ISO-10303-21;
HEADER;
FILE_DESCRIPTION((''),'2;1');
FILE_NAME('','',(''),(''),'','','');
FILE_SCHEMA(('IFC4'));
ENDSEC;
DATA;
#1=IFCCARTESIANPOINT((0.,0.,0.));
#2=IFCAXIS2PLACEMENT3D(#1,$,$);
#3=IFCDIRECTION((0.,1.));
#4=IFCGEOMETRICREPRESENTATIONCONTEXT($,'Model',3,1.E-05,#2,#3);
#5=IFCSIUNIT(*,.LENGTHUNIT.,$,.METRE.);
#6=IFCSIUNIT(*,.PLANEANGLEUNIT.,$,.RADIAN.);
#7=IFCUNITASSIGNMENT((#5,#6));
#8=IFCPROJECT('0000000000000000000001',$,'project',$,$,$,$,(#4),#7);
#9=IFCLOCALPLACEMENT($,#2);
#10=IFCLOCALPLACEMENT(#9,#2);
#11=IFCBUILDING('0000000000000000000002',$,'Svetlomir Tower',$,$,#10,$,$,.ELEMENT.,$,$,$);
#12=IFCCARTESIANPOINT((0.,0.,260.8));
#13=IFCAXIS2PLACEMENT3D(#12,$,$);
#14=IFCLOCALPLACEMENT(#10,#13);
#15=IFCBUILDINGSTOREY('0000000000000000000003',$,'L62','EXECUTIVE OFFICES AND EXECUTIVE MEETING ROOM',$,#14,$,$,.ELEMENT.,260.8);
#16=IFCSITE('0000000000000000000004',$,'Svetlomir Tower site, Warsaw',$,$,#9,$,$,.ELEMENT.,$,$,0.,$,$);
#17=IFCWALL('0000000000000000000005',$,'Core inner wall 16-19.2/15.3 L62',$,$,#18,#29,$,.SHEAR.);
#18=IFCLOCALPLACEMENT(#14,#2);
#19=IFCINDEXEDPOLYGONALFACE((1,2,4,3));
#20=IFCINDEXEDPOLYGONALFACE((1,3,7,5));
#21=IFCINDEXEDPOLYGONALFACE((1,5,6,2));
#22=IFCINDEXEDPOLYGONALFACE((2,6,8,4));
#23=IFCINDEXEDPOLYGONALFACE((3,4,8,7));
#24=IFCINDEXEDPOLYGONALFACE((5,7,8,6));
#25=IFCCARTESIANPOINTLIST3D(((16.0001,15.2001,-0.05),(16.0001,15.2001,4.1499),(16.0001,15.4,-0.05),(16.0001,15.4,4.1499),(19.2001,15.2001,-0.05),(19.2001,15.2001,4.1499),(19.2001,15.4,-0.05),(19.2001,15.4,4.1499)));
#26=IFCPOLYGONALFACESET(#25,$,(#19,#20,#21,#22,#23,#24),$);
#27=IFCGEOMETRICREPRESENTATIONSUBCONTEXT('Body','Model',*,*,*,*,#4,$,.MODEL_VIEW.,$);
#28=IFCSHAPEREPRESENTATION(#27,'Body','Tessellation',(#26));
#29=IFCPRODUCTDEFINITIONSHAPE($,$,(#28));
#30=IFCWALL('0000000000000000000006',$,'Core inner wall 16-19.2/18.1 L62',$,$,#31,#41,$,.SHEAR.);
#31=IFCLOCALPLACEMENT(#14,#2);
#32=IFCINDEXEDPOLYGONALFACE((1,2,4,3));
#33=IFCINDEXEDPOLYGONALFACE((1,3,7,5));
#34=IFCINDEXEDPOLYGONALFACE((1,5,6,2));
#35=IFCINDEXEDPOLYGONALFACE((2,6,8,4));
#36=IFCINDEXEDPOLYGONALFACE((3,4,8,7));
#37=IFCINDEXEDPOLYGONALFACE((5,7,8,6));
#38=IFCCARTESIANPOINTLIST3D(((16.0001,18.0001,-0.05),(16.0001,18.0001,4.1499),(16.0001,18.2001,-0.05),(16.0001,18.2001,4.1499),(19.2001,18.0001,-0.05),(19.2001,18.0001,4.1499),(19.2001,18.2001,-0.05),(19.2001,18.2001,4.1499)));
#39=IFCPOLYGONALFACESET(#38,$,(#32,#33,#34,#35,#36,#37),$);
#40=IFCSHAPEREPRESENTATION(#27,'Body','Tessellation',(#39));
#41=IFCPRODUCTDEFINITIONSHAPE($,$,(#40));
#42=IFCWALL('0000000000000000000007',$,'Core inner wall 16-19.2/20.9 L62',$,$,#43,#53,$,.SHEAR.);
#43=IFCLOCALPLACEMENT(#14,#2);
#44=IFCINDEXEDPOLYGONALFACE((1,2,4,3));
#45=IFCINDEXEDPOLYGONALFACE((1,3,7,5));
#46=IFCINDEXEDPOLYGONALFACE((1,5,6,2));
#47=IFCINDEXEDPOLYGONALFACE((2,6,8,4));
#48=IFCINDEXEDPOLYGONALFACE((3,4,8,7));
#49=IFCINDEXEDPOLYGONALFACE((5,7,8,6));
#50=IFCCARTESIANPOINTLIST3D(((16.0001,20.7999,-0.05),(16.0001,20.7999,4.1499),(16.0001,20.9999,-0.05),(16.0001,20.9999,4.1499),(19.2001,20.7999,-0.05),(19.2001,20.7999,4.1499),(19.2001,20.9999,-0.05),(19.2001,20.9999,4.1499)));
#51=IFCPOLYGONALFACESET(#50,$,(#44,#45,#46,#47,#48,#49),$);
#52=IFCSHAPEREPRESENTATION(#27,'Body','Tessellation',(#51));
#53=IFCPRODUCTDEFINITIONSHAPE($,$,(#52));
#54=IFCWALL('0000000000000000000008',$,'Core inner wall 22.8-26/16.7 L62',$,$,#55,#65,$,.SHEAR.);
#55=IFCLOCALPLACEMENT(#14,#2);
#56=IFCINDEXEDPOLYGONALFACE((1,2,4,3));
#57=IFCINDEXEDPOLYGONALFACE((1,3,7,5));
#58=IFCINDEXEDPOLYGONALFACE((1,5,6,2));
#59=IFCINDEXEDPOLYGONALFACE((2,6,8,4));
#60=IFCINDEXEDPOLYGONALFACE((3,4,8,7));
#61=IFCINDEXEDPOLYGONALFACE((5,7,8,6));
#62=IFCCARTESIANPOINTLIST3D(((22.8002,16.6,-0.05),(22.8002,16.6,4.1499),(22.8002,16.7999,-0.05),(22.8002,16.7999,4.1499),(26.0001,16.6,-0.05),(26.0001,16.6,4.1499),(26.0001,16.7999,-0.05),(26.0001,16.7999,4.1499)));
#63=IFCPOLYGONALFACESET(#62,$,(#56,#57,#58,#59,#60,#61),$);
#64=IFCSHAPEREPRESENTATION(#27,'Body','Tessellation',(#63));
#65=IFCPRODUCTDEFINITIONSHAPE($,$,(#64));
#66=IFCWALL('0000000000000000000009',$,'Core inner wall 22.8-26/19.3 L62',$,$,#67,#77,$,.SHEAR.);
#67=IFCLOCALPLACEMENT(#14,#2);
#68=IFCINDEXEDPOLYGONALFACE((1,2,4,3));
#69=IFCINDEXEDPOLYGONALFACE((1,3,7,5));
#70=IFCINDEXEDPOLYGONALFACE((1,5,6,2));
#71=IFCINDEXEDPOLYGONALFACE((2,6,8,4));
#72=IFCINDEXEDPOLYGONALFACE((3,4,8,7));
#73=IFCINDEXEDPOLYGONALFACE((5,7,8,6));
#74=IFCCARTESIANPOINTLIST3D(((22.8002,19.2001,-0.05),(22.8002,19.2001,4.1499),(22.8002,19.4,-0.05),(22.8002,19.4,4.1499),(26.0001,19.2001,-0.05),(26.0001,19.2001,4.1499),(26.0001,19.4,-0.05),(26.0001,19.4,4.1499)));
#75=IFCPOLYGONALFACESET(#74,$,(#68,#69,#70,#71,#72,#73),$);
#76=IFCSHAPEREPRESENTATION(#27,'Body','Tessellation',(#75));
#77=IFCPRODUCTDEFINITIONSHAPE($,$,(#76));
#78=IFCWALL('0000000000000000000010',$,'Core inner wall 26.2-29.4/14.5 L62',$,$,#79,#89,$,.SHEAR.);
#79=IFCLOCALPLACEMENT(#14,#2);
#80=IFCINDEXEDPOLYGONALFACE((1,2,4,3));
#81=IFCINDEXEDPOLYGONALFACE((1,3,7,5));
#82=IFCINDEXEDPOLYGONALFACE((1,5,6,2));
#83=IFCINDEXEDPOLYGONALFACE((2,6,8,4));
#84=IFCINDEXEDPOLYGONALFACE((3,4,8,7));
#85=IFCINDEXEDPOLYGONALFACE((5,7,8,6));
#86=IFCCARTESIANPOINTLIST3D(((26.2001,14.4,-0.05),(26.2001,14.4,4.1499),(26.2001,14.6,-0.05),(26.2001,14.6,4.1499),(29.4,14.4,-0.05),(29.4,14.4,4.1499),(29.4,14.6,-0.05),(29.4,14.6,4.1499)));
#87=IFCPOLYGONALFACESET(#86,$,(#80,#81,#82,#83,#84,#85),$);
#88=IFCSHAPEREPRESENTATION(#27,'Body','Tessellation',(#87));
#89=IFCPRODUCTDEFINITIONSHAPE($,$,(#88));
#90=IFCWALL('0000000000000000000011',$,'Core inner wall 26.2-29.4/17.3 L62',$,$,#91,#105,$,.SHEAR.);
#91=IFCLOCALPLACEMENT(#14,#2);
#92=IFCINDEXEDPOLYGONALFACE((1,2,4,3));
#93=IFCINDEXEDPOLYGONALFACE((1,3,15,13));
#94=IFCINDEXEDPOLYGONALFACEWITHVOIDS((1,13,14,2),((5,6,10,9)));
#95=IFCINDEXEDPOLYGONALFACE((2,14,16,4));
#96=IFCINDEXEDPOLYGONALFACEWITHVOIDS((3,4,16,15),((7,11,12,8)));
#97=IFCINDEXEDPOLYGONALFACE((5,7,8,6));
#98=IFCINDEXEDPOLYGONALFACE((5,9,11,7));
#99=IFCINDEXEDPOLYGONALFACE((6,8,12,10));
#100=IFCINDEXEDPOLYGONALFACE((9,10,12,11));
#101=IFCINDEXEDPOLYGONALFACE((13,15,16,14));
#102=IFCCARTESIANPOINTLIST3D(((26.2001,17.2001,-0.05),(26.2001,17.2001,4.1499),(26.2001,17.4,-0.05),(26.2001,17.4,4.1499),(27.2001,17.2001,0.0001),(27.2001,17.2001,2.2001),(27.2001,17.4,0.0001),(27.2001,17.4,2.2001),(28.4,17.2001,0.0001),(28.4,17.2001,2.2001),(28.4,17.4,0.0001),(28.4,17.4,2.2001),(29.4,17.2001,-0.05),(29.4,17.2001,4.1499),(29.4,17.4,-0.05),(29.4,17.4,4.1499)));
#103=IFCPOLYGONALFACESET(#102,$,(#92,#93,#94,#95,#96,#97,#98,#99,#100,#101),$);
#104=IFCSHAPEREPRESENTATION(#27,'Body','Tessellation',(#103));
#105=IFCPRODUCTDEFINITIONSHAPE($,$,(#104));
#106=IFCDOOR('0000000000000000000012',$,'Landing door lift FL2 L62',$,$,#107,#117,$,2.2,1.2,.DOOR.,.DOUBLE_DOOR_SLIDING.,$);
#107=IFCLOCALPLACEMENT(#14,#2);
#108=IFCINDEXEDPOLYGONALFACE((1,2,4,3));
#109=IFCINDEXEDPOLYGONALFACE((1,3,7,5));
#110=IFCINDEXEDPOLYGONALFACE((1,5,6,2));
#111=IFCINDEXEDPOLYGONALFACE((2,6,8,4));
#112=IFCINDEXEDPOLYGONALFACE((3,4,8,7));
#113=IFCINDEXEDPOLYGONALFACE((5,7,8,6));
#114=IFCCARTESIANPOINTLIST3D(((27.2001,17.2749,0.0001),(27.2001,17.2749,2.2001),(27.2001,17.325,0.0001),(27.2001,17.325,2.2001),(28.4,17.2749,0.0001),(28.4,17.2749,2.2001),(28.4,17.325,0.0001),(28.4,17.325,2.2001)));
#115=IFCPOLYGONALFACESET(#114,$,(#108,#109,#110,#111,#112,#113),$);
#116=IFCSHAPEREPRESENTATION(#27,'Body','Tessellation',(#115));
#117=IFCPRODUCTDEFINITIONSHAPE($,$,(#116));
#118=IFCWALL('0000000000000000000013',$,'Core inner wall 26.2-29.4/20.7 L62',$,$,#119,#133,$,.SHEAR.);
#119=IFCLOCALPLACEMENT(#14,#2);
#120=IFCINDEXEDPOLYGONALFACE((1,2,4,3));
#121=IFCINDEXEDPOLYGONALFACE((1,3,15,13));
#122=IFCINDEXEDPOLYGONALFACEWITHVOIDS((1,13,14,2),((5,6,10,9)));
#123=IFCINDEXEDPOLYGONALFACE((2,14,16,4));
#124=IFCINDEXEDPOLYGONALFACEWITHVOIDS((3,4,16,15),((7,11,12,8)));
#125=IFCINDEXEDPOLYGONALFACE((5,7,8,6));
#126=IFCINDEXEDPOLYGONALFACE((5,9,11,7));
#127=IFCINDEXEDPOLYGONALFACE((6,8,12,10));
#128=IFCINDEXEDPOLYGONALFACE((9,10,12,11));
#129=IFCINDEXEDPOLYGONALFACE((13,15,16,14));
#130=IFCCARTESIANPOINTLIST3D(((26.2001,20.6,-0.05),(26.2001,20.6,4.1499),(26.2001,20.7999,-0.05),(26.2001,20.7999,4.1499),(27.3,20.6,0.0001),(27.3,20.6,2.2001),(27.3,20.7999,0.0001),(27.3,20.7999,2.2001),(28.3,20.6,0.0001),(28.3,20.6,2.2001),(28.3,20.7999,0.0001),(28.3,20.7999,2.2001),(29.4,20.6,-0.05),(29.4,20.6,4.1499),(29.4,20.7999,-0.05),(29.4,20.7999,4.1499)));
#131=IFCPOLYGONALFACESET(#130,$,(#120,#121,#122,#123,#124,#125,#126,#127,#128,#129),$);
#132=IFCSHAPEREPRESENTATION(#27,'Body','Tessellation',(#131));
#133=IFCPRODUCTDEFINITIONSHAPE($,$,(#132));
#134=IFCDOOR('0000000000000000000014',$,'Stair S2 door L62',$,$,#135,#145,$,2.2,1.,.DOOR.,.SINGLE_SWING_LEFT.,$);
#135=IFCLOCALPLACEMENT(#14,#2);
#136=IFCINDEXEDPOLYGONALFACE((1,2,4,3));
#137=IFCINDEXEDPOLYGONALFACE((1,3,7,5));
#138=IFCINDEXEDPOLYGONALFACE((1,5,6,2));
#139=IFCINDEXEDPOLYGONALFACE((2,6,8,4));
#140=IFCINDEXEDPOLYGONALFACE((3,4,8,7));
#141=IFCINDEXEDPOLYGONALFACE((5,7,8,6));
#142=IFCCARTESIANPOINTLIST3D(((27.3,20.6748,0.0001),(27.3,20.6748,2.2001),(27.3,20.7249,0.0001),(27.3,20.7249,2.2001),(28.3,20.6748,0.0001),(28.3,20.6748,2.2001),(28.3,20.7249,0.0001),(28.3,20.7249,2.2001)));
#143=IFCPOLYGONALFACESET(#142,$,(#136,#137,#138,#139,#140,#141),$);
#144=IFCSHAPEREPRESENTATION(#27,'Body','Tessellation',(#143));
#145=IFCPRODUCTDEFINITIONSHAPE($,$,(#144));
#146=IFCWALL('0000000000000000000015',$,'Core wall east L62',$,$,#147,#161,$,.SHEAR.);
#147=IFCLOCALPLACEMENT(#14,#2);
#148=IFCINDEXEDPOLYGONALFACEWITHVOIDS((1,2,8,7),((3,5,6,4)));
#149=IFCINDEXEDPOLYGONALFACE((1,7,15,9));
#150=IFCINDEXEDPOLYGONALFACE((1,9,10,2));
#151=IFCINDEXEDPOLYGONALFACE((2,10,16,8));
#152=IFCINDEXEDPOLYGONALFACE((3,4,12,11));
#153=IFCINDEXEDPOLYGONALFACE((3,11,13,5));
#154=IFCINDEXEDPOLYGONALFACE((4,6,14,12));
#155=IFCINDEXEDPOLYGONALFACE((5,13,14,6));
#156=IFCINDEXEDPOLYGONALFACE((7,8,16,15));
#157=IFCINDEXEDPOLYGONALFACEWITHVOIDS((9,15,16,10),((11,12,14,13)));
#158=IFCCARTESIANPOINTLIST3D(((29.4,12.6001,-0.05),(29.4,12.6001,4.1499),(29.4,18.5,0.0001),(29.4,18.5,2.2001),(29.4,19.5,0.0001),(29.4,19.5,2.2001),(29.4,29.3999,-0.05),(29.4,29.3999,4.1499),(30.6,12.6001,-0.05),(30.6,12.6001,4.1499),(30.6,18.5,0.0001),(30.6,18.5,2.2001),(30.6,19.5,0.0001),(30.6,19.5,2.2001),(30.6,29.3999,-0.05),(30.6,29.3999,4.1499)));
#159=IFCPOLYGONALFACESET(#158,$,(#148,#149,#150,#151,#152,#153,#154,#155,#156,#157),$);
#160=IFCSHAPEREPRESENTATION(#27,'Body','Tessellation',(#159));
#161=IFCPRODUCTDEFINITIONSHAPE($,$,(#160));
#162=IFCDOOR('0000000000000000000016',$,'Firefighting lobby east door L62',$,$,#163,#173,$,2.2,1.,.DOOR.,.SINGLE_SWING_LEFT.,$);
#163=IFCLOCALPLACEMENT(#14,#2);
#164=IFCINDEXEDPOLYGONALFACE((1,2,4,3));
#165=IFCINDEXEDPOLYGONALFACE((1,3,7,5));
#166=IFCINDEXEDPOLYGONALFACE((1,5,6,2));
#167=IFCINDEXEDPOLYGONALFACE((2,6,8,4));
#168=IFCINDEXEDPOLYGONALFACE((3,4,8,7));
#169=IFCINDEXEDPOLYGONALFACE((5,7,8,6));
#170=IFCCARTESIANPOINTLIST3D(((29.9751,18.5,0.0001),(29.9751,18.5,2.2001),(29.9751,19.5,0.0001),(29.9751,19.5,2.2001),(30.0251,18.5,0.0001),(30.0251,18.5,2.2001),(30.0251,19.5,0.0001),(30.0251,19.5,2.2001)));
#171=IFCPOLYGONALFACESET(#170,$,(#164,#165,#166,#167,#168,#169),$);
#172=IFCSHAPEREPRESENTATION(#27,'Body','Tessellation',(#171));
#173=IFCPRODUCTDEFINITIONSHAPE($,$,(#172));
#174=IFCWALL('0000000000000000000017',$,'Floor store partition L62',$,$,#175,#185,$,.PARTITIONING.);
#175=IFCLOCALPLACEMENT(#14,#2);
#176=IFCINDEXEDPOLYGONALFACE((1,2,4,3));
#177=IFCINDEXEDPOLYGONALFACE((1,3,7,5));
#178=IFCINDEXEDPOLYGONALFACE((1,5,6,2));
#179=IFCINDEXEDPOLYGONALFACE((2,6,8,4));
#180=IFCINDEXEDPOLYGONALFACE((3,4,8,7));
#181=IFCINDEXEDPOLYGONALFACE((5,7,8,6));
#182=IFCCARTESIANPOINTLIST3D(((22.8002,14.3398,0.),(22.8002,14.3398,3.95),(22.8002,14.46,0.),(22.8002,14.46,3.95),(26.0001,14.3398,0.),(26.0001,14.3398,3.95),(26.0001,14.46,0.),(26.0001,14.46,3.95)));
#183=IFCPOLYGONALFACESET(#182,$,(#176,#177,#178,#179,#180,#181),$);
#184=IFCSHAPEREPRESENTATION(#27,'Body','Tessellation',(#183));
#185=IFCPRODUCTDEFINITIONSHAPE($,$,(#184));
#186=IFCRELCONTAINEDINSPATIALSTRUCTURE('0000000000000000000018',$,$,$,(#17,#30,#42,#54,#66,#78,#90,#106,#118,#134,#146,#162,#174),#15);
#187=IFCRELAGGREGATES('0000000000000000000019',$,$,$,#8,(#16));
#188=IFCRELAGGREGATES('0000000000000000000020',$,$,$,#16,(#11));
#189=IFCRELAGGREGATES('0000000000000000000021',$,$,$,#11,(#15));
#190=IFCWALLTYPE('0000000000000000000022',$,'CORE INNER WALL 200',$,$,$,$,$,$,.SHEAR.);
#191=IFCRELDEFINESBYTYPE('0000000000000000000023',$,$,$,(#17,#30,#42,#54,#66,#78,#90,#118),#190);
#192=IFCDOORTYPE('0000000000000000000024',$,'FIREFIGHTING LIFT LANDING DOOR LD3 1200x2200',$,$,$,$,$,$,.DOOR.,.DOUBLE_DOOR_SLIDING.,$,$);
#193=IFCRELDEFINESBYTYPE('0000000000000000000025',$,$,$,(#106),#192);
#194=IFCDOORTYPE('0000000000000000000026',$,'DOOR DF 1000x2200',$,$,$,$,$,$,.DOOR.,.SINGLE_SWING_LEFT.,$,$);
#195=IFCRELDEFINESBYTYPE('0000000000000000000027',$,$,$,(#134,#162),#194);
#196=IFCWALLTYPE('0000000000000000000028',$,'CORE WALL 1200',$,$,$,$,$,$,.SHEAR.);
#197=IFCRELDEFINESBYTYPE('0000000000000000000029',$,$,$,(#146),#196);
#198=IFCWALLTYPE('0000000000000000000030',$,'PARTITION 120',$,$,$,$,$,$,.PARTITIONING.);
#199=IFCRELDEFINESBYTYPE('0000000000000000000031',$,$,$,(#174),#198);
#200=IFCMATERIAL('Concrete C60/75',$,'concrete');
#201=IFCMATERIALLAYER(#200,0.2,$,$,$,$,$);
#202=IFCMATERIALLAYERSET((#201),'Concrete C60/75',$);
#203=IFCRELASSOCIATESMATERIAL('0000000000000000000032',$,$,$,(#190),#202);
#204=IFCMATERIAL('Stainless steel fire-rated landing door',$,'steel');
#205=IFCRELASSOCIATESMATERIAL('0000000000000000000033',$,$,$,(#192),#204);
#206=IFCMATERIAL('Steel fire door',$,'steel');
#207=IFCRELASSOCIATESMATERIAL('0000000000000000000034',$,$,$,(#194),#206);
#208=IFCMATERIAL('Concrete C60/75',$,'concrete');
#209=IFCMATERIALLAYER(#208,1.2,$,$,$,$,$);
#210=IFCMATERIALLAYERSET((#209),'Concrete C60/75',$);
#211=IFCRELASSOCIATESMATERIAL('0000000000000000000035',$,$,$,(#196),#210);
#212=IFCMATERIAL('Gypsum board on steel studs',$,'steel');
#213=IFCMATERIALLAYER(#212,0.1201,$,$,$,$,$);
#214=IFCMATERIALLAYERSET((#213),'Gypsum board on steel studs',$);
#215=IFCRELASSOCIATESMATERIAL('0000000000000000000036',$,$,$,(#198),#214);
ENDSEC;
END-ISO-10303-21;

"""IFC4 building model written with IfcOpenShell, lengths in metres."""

from ifc_helpers import new_model, si_unit, direction, frame, frame_2d, origin, place, context, subcontext, project, spatial, rectangle, extrude, material, layer, layer_set, type_object, element, fill, save


model = new_model("IFC4")

# Units and contexts
model_context = context("Model", 3, precision=1e-05, world=origin(), true_north=direction((0.0, 1.0)))
body_context = subcontext(model_context, "Body", "Model", "MODEL_VIEW")
ifc_project = project(units=[si_unit("LENGTHUNIT", "METRE"), si_unit("PLANEANGLEUNIT", "RADIAN")], contexts=[model_context])

# Site, building, storey
site_placement = place(None, origin())
site = spatial("IfcSite", under=ifc_project, at=site_placement, Name="Svetlomir Tower site, Warsaw", CompositionType="ELEMENT", RefElevation=0.0)
building_placement = place(site_placement, origin())
building = spatial("IfcBuilding", under=site, at=building_placement, Name="Svetlomir Tower", CompositionType="ELEMENT")
storey_placement = place(building_placement, frame((0.0, 0.0, 260.8)))
storey = spatial("IfcBuildingStorey", under=building, at=storey_placement, Name="L62", Description="EXECUTIVE OFFICES AND EXECUTIVE MEETING ROOM", CompositionType="ELEMENT", Elevation=260.8)

# Walls
ifc_material_1 = material(Name="Concrete C60/75", Category="concrete")
ifc_layer_1 = layer(ifc_material_1, 0.2)
ifc_layer_set_1 = layer_set([ifc_layer_1], Name="Concrete C60/75")
wall_type_1 = type_object("IfcWallType", Name="CORE INNER WALL 200", PredefinedType="SHEAR", material=ifc_layer_set_1)
for number, where, z_axis, x_axis, name in (
    (1, (16.0, 15.3, -0.05), (0.0, 0.0, 1.0), (1.0, 0.0, 0.0), "Core inner wall 16-19.2/15.3 L62"),
    (2, (16.0, 18.1001, -0.05), (0.0, 0.0, 1.0), (1.0, 0.0, 0.0), "Core inner wall 16-19.2/18.1 L62"),
    (3, (16.0, 20.8999, -0.05), (0.0, 0.0, 1.0), (1.0, 0.0, 0.0), "Core inner wall 16-19.2/20.9 L62"),
    (4, (22.8, 16.7, -0.05), (0.0, 0.0, 1.0), (1.0, 0.0, 0.0), "Core inner wall 22.8-26/16.7 L62"),
    (5, (22.8, 19.3, -0.05), (0.0, 0.0, 1.0), (1.0, 0.0, 0.0), "Core inner wall 22.8-26/19.3 L62"),
    (6, (26.2, 14.5, -0.05), (0.0, 0.0, 1.0), (1.0, 0.0, 0.0), "Core inner wall 26.2-29.4/14.5 L62"),
):
    element("IfcWall", number, at=place(storey_placement, frame(where, z_axis=z_axis, x_axis=x_axis)), inside=storey, type_object=wall_type_1, Name=name, PredefinedType="SHEAR", context=body_context, shape_type="SweptSolid", body=[
        extrude(rectangle(XDim=3.2, YDim=0.2, at=frame_2d((1.6001, 0.0))), origin(), (0.0, 0.0, 1.0), 4.2),
    ])

# Walls, openings, doors
wall_1_placement = place(storey_placement, frame((26.2, 17.3, -0.05), z_axis=(0.0, 0.0, 1.0), x_axis=(1.0, 0.0, 0.0)))
wall_1 = element("IfcWall", 7, at=wall_1_placement, inside=storey, type_object=wall_type_1, Name="Core inner wall 26.2-29.4/17.3 L62", PredefinedType="SHEAR", context=body_context, shape_type="SweptSolid", body=[
    extrude(rectangle(XDim=3.2, YDim=0.2, at=frame_2d((1.6001, 0.0))), origin(), (0.0, 0.0, 1.0), 4.2),
])
opening_1_placement = place(wall_1_placement, frame((1.0, 0.0, 0.05)))
opening_1 = element("IfcOpeningElement", 8, at=opening_1_placement, cuts=wall_1, PredefinedType="OPENING", context=body_context, shape_type="SweptSolid", body=[
    extrude(rectangle(XDim=1.2, YDim=2.2, at=frame_2d((0.6001, 1.1001))), frame((0.0, 0.1099, 0.0), z_axis=(0.0, -1.0, 0.0), x_axis=(1.0, 0.0, 0.0)), (0.0, 0.0, 1.0), 0.22),
])
ifc_material_2 = material(Name="Stainless steel fire-rated landing door", Category="steel")
door_type_1 = type_object("IfcDoorType", Name="FIREFIGHTING LIFT LANDING DOOR LD3 1200x2200", OperationType="DOUBLE_DOOR_SLIDING", PredefinedType="DOOR", material=ifc_material_2)
door_1_placement = place(opening_1_placement, origin())
door_1 = element("IfcDoor", 9, at=door_1_placement, inside=storey, type_object=door_type_1, Name="Landing door lift FL2 L62", OperationType="DOUBLE_DOOR_SLIDING", OverallHeight=2.2, OverallWidth=1.2, PredefinedType="DOOR", context=body_context, shape_type="SweptSolid", body=[
    extrude(rectangle(XDim=1.2, YDim=2.2, at=frame_2d((0.6001, 1.1001))), frame((0.0, 0.0249, 0.0), z_axis=(0.0, -1.0, 0.0), x_axis=(1.0, 0.0, 0.0)), (0.0, 0.0, 1.0), 0.05),
])
fill(opening_1, door_1)
wall_2_placement = place(storey_placement, frame((26.2, 20.7, -0.05), z_axis=(0.0, 0.0, 1.0), x_axis=(1.0, 0.0, 0.0)))
wall_2 = element("IfcWall", 10, at=wall_2_placement, inside=storey, type_object=wall_type_1, Name="Core inner wall 26.2-29.4/20.7 L62", PredefinedType="SHEAR", context=body_context, shape_type="SweptSolid", body=[
    extrude(rectangle(XDim=3.2, YDim=0.2, at=frame_2d((1.6001, 0.0))), origin(), (0.0, 0.0, 1.0), 4.2),
])
opening_2_placement = place(wall_2_placement, frame((1.1001, 0.0, 0.05)))
opening_2 = element("IfcOpeningElement", 11, at=opening_2_placement, cuts=wall_2, PredefinedType="OPENING", context=body_context, shape_type="SweptSolid", body=[
    extrude(rectangle(XDim=1.0, YDim=2.2, at=frame_2d((0.5, 1.1001))), frame((0.0, 0.1099, 0.0), z_axis=(0.0, -1.0, 0.0), x_axis=(1.0, 0.0, 0.0)), (0.0, 0.0, 1.0), 0.22),
])
ifc_material_3 = material(Name="Steel fire door", Category="steel")
door_type_2 = type_object("IfcDoorType", Name="DOOR DF 1000x2200", OperationType="SINGLE_SWING_LEFT", PredefinedType="DOOR", material=ifc_material_3)
door_2_placement = place(opening_2_placement, origin())
door_2 = element("IfcDoor", 12, at=door_2_placement, inside=storey, type_object=door_type_2, Name="Stair S2 door L62", OperationType="SINGLE_SWING_LEFT", OverallHeight=2.2, OverallWidth=1.0, PredefinedType="DOOR", context=body_context, shape_type="SweptSolid", body=[
    extrude(rectangle(XDim=1.0, YDim=2.2, at=frame_2d((0.5, 1.1001))), frame((0.0, 0.0249, 0.0), z_axis=(0.0, -1.0, 0.0), x_axis=(1.0, 0.0, 0.0)), (0.0, 0.0, 1.0), 0.05),
])
fill(opening_2, door_2)
ifc_material_4 = material(Name="Concrete C60/75", Category="concrete")
ifc_layer_2 = layer(ifc_material_4, 1.2)
ifc_layer_set_2 = layer_set([ifc_layer_2], Name="Concrete C60/75")
wall_type_2 = type_object("IfcWallType", Name="CORE WALL 1200", PredefinedType="SHEAR", material=ifc_layer_set_2)
wall_3_placement = place(storey_placement, frame((30.0, 12.6001, -0.05), z_axis=(0.0, 0.0, 1.0), x_axis=(0.0, 1.0, 0.0)))
wall_3 = element("IfcWall", 13, at=wall_3_placement, inside=storey, type_object=wall_type_2, Name="Core wall east L62", PredefinedType="SHEAR", context=body_context, shape_type="SweptSolid", body=[
    extrude(rectangle(XDim=16.7998, YDim=1.2, at=frame_2d((8.3999, 0.0))), origin(), (0.0, 0.0, 1.0), 4.2),
])
opening_3_placement = place(wall_3_placement, frame((5.8999, 0.0, 0.05)))
opening_3 = element("IfcOpeningElement", 14, at=opening_3_placement, cuts=wall_3, PredefinedType="OPENING", context=body_context, shape_type="SweptSolid", body=[
    extrude(rectangle(XDim=1.0, YDim=2.2, at=frame_2d((0.5, 1.1001))), frame((0.0, 0.6099, 0.0), z_axis=(0.0, -1.0, 0.0), x_axis=(1.0, 0.0, 0.0)), (0.0, 0.0, 1.0), 1.22),
])
door_3_placement = place(opening_3_placement, origin())
door_3 = element("IfcDoor", 15, at=door_3_placement, inside=storey, type_object=door_type_2, Name="Firefighting lobby east door L62", OperationType="SINGLE_SWING_LEFT", OverallHeight=2.2, OverallWidth=1.0, PredefinedType="DOOR", context=body_context, shape_type="SweptSolid", body=[
    extrude(rectangle(XDim=1.0, YDim=2.2, at=frame_2d((0.5, 1.1001))), frame((0.0, 0.0249, 0.0), z_axis=(0.0, -1.0, 0.0), x_axis=(1.0, 0.0, 0.0)), (0.0, 0.0, 1.0), 0.05),
])
fill(opening_3, door_3)

# Wall
ifc_material_5 = material(Name="Gypsum board on steel studs", Category="steel")
ifc_layer_3 = layer(ifc_material_5, 0.1201)
ifc_layer_set_3 = layer_set([ifc_layer_3], Name="Gypsum board on steel studs")
wall_type_3 = type_object("IfcWallType", Name="PARTITION 120", PredefinedType="PARTITIONING", material=ifc_layer_set_3)
wall_4_placement = place(storey_placement, frame((22.8, 14.3999, 0.0), z_axis=(0.0, 0.0, 1.0), x_axis=(1.0, 0.0, 0.0)))
element("IfcWall", 16, at=wall_4_placement, inside=storey, type_object=wall_type_3, Name="Floor store partition L62", PredefinedType="PARTITIONING", context=body_context, shape_type="SweptSolid", body=[
    extrude(rectangle(XDim=3.2, YDim=0.1201, at=frame_2d((1.6001, 0.0))), origin(), (0.0, 0.0, 1.0), 3.95),
])

save(model, "model.ifc")
